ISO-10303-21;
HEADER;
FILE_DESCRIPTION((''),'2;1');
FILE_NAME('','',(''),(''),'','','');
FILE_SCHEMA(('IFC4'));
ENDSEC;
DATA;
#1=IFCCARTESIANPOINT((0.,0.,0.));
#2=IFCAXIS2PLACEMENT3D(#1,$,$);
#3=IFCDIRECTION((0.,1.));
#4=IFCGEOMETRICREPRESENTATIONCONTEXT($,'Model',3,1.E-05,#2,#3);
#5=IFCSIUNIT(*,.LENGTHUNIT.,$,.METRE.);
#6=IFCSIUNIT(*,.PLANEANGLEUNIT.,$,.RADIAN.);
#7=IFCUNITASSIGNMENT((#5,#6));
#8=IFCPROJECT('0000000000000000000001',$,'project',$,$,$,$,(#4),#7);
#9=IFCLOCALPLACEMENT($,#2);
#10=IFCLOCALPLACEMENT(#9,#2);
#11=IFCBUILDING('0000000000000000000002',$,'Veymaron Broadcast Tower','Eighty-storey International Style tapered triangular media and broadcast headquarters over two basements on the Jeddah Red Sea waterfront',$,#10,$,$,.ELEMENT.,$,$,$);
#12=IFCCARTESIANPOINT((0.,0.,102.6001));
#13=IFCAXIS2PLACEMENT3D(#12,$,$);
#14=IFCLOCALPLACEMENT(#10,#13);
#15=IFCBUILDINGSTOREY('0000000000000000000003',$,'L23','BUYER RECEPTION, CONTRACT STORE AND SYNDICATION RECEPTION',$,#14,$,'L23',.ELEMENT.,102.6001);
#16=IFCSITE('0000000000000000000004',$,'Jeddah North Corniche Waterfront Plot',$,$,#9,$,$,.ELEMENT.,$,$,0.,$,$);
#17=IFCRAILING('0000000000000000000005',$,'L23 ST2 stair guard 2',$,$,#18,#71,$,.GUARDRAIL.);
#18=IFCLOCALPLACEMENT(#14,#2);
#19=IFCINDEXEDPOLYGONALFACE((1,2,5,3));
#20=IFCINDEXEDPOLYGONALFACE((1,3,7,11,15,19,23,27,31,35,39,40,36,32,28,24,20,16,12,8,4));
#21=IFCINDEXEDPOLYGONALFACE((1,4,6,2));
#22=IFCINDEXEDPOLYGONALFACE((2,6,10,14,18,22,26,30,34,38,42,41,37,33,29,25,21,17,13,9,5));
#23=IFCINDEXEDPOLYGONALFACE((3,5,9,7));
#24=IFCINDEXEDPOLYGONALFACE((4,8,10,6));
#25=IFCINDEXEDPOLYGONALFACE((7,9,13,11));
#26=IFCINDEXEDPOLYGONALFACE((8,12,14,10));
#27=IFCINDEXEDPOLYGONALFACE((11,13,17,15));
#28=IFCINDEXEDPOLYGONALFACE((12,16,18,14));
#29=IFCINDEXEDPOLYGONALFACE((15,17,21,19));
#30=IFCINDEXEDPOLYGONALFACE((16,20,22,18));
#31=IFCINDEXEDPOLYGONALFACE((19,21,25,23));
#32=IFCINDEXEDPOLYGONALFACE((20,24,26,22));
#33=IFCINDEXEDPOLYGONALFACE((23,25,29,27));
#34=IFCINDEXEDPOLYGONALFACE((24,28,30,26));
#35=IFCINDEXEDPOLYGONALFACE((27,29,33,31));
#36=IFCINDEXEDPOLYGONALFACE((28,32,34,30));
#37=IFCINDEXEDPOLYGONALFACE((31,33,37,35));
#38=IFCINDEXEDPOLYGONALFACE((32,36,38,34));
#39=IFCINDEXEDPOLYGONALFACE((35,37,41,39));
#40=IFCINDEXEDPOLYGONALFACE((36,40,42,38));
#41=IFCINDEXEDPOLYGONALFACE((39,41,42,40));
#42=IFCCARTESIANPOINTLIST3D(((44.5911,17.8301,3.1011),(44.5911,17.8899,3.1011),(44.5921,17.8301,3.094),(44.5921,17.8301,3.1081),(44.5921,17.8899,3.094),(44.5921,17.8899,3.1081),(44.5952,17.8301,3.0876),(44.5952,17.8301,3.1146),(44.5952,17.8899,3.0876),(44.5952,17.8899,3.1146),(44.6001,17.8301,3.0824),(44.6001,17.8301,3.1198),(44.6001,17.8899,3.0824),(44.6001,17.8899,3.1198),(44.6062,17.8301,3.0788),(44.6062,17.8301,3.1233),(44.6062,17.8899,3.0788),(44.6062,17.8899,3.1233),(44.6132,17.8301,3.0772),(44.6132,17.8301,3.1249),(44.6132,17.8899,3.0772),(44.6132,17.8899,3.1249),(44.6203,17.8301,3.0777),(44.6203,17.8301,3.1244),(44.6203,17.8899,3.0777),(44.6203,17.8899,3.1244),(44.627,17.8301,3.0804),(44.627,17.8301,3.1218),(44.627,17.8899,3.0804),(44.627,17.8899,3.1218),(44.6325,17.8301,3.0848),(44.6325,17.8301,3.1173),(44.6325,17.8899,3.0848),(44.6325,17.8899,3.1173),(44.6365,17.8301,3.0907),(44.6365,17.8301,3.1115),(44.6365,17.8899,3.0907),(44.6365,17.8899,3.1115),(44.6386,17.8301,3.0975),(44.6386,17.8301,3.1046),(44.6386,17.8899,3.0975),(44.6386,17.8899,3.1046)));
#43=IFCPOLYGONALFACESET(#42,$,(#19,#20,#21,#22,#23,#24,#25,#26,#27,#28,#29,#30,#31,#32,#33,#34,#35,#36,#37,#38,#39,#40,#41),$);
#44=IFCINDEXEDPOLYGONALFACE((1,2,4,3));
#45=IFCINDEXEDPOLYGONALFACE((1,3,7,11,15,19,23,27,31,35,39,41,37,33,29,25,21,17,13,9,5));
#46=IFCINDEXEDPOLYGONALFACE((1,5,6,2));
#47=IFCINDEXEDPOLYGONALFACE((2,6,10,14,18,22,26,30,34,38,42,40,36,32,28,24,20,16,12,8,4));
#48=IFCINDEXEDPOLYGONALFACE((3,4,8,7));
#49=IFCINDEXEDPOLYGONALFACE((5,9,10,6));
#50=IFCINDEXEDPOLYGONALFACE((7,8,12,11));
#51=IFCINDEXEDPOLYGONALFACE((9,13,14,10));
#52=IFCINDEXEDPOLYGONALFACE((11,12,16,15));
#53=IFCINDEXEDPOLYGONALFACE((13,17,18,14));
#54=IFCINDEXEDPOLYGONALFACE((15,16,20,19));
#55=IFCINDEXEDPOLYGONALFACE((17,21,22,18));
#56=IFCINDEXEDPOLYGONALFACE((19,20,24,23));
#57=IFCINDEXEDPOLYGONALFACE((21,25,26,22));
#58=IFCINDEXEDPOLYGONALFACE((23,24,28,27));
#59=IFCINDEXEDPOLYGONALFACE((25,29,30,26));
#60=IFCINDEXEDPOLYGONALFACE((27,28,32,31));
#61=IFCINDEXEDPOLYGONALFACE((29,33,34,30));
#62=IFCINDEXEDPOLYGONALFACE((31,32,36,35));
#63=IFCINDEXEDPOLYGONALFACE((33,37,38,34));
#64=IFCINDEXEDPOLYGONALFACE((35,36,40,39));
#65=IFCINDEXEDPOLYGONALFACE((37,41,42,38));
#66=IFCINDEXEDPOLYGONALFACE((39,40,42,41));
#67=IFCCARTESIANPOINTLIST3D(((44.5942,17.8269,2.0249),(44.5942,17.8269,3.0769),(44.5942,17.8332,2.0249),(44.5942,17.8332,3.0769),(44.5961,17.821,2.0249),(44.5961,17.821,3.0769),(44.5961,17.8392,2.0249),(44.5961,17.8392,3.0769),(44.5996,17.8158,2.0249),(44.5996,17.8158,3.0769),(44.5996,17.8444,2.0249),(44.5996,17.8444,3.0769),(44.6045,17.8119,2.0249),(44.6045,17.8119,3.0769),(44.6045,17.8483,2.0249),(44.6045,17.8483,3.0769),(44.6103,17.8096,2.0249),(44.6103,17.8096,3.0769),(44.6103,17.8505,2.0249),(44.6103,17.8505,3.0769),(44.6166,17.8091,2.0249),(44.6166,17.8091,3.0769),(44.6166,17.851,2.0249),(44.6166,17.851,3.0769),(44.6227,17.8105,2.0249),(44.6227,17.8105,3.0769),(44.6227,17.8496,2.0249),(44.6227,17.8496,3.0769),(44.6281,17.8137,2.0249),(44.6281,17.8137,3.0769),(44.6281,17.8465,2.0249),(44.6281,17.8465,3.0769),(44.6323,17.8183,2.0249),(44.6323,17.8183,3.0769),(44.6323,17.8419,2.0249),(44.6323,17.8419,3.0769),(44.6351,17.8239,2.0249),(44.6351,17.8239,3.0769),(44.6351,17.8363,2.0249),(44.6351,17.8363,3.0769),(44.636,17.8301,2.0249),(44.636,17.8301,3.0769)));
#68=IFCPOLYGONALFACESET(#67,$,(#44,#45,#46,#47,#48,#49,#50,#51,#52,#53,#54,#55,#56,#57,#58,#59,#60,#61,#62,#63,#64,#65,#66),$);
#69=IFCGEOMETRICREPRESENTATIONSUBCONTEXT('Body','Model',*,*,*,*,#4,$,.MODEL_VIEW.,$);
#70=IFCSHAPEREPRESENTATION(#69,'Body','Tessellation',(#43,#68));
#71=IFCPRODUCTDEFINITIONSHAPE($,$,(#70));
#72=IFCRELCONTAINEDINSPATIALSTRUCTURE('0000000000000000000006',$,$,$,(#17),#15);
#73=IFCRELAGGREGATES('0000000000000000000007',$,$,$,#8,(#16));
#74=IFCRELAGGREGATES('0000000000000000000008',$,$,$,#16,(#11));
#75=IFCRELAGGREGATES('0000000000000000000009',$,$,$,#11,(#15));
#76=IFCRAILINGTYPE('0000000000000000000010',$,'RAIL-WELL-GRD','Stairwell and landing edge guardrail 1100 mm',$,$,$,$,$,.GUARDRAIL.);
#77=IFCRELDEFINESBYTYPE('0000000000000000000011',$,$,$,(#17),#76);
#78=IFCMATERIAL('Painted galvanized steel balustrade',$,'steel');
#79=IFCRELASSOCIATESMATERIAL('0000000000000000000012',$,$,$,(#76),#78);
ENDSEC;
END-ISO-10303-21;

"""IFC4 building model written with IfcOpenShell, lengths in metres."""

from ifc_helpers import new_model, si_unit, direction, frame, origin, origin_2d, place, context, subcontext, project, spatial, circle, extrude, material, type_object, element, save


model = new_model("IFC4")

# Units and contexts
model_context = context("Model", 3, precision=1e-05, world=origin(), true_north=direction((0.0, 1.0)))
body_context = subcontext(model_context, "Body", "Model", "MODEL_VIEW")
ifc_project = project(units=[si_unit("LENGTHUNIT", "METRE"), si_unit("PLANEANGLEUNIT", "RADIAN")], contexts=[model_context])

# Site, building, storey
site_placement = place(None, origin())
site = spatial("IfcSite", under=ifc_project, at=site_placement, Name="Jeddah North Corniche Waterfront Plot", CompositionType="ELEMENT", RefElevation=0.0)
building_placement = place(site_placement, origin())
building = spatial("IfcBuilding", under=site, at=building_placement, Name="Veymaron Broadcast Tower", Description="Eighty-storey International Style tapered triangular media and broadcast headquarters over two basements on the Jeddah Red Sea waterfront", CompositionType="ELEMENT")
storey_placement = place(building_placement, frame((0.0, 0.0, 102.6001)))
storey = spatial("IfcBuildingStorey", under=building, at=storey_placement, Name="L23", Description="BUYER RECEPTION, CONTRACT STORE AND SYNDICATION RECEPTION", LongName="L23", CompositionType="ELEMENT", Elevation=102.6001)

# Railing
ifc_material_1 = material(Name="Painted galvanized steel balustrade", Category="steel")
railing_type_1 = type_object("IfcRailingType", Name="RAIL-WELL-GRD", Description="Stairwell and landing edge guardrail 1100 mm", PredefinedType="GUARDRAIL", material=ifc_material_1)
railing_1_placement = place(storey_placement, frame((44.615, 17.8301, 2.0249)))
element("IfcRailing", 1, at=railing_1_placement, inside=storey, type_object=railing_type_1, Name="L23 ST2 stair guard 2", PredefinedType="GUARDRAIL", context=body_context, shape_type="SweptSolid", body=[
    extrude(circle(Radius=0.0239, at=origin_2d()), frame((0.0, 0.0, 1.0762), z_axis=(0.0, 1.0, 0.0), x_axis=(-1.0, 0.0, 0.0)), (0.0, 0.0, 1.0), 0.0598),
    extrude(circle(Radius=0.021, at=origin_2d()), origin(), (0.0, 0.0, 1.0), 1.052),
])

save(model, "model.ifc")
